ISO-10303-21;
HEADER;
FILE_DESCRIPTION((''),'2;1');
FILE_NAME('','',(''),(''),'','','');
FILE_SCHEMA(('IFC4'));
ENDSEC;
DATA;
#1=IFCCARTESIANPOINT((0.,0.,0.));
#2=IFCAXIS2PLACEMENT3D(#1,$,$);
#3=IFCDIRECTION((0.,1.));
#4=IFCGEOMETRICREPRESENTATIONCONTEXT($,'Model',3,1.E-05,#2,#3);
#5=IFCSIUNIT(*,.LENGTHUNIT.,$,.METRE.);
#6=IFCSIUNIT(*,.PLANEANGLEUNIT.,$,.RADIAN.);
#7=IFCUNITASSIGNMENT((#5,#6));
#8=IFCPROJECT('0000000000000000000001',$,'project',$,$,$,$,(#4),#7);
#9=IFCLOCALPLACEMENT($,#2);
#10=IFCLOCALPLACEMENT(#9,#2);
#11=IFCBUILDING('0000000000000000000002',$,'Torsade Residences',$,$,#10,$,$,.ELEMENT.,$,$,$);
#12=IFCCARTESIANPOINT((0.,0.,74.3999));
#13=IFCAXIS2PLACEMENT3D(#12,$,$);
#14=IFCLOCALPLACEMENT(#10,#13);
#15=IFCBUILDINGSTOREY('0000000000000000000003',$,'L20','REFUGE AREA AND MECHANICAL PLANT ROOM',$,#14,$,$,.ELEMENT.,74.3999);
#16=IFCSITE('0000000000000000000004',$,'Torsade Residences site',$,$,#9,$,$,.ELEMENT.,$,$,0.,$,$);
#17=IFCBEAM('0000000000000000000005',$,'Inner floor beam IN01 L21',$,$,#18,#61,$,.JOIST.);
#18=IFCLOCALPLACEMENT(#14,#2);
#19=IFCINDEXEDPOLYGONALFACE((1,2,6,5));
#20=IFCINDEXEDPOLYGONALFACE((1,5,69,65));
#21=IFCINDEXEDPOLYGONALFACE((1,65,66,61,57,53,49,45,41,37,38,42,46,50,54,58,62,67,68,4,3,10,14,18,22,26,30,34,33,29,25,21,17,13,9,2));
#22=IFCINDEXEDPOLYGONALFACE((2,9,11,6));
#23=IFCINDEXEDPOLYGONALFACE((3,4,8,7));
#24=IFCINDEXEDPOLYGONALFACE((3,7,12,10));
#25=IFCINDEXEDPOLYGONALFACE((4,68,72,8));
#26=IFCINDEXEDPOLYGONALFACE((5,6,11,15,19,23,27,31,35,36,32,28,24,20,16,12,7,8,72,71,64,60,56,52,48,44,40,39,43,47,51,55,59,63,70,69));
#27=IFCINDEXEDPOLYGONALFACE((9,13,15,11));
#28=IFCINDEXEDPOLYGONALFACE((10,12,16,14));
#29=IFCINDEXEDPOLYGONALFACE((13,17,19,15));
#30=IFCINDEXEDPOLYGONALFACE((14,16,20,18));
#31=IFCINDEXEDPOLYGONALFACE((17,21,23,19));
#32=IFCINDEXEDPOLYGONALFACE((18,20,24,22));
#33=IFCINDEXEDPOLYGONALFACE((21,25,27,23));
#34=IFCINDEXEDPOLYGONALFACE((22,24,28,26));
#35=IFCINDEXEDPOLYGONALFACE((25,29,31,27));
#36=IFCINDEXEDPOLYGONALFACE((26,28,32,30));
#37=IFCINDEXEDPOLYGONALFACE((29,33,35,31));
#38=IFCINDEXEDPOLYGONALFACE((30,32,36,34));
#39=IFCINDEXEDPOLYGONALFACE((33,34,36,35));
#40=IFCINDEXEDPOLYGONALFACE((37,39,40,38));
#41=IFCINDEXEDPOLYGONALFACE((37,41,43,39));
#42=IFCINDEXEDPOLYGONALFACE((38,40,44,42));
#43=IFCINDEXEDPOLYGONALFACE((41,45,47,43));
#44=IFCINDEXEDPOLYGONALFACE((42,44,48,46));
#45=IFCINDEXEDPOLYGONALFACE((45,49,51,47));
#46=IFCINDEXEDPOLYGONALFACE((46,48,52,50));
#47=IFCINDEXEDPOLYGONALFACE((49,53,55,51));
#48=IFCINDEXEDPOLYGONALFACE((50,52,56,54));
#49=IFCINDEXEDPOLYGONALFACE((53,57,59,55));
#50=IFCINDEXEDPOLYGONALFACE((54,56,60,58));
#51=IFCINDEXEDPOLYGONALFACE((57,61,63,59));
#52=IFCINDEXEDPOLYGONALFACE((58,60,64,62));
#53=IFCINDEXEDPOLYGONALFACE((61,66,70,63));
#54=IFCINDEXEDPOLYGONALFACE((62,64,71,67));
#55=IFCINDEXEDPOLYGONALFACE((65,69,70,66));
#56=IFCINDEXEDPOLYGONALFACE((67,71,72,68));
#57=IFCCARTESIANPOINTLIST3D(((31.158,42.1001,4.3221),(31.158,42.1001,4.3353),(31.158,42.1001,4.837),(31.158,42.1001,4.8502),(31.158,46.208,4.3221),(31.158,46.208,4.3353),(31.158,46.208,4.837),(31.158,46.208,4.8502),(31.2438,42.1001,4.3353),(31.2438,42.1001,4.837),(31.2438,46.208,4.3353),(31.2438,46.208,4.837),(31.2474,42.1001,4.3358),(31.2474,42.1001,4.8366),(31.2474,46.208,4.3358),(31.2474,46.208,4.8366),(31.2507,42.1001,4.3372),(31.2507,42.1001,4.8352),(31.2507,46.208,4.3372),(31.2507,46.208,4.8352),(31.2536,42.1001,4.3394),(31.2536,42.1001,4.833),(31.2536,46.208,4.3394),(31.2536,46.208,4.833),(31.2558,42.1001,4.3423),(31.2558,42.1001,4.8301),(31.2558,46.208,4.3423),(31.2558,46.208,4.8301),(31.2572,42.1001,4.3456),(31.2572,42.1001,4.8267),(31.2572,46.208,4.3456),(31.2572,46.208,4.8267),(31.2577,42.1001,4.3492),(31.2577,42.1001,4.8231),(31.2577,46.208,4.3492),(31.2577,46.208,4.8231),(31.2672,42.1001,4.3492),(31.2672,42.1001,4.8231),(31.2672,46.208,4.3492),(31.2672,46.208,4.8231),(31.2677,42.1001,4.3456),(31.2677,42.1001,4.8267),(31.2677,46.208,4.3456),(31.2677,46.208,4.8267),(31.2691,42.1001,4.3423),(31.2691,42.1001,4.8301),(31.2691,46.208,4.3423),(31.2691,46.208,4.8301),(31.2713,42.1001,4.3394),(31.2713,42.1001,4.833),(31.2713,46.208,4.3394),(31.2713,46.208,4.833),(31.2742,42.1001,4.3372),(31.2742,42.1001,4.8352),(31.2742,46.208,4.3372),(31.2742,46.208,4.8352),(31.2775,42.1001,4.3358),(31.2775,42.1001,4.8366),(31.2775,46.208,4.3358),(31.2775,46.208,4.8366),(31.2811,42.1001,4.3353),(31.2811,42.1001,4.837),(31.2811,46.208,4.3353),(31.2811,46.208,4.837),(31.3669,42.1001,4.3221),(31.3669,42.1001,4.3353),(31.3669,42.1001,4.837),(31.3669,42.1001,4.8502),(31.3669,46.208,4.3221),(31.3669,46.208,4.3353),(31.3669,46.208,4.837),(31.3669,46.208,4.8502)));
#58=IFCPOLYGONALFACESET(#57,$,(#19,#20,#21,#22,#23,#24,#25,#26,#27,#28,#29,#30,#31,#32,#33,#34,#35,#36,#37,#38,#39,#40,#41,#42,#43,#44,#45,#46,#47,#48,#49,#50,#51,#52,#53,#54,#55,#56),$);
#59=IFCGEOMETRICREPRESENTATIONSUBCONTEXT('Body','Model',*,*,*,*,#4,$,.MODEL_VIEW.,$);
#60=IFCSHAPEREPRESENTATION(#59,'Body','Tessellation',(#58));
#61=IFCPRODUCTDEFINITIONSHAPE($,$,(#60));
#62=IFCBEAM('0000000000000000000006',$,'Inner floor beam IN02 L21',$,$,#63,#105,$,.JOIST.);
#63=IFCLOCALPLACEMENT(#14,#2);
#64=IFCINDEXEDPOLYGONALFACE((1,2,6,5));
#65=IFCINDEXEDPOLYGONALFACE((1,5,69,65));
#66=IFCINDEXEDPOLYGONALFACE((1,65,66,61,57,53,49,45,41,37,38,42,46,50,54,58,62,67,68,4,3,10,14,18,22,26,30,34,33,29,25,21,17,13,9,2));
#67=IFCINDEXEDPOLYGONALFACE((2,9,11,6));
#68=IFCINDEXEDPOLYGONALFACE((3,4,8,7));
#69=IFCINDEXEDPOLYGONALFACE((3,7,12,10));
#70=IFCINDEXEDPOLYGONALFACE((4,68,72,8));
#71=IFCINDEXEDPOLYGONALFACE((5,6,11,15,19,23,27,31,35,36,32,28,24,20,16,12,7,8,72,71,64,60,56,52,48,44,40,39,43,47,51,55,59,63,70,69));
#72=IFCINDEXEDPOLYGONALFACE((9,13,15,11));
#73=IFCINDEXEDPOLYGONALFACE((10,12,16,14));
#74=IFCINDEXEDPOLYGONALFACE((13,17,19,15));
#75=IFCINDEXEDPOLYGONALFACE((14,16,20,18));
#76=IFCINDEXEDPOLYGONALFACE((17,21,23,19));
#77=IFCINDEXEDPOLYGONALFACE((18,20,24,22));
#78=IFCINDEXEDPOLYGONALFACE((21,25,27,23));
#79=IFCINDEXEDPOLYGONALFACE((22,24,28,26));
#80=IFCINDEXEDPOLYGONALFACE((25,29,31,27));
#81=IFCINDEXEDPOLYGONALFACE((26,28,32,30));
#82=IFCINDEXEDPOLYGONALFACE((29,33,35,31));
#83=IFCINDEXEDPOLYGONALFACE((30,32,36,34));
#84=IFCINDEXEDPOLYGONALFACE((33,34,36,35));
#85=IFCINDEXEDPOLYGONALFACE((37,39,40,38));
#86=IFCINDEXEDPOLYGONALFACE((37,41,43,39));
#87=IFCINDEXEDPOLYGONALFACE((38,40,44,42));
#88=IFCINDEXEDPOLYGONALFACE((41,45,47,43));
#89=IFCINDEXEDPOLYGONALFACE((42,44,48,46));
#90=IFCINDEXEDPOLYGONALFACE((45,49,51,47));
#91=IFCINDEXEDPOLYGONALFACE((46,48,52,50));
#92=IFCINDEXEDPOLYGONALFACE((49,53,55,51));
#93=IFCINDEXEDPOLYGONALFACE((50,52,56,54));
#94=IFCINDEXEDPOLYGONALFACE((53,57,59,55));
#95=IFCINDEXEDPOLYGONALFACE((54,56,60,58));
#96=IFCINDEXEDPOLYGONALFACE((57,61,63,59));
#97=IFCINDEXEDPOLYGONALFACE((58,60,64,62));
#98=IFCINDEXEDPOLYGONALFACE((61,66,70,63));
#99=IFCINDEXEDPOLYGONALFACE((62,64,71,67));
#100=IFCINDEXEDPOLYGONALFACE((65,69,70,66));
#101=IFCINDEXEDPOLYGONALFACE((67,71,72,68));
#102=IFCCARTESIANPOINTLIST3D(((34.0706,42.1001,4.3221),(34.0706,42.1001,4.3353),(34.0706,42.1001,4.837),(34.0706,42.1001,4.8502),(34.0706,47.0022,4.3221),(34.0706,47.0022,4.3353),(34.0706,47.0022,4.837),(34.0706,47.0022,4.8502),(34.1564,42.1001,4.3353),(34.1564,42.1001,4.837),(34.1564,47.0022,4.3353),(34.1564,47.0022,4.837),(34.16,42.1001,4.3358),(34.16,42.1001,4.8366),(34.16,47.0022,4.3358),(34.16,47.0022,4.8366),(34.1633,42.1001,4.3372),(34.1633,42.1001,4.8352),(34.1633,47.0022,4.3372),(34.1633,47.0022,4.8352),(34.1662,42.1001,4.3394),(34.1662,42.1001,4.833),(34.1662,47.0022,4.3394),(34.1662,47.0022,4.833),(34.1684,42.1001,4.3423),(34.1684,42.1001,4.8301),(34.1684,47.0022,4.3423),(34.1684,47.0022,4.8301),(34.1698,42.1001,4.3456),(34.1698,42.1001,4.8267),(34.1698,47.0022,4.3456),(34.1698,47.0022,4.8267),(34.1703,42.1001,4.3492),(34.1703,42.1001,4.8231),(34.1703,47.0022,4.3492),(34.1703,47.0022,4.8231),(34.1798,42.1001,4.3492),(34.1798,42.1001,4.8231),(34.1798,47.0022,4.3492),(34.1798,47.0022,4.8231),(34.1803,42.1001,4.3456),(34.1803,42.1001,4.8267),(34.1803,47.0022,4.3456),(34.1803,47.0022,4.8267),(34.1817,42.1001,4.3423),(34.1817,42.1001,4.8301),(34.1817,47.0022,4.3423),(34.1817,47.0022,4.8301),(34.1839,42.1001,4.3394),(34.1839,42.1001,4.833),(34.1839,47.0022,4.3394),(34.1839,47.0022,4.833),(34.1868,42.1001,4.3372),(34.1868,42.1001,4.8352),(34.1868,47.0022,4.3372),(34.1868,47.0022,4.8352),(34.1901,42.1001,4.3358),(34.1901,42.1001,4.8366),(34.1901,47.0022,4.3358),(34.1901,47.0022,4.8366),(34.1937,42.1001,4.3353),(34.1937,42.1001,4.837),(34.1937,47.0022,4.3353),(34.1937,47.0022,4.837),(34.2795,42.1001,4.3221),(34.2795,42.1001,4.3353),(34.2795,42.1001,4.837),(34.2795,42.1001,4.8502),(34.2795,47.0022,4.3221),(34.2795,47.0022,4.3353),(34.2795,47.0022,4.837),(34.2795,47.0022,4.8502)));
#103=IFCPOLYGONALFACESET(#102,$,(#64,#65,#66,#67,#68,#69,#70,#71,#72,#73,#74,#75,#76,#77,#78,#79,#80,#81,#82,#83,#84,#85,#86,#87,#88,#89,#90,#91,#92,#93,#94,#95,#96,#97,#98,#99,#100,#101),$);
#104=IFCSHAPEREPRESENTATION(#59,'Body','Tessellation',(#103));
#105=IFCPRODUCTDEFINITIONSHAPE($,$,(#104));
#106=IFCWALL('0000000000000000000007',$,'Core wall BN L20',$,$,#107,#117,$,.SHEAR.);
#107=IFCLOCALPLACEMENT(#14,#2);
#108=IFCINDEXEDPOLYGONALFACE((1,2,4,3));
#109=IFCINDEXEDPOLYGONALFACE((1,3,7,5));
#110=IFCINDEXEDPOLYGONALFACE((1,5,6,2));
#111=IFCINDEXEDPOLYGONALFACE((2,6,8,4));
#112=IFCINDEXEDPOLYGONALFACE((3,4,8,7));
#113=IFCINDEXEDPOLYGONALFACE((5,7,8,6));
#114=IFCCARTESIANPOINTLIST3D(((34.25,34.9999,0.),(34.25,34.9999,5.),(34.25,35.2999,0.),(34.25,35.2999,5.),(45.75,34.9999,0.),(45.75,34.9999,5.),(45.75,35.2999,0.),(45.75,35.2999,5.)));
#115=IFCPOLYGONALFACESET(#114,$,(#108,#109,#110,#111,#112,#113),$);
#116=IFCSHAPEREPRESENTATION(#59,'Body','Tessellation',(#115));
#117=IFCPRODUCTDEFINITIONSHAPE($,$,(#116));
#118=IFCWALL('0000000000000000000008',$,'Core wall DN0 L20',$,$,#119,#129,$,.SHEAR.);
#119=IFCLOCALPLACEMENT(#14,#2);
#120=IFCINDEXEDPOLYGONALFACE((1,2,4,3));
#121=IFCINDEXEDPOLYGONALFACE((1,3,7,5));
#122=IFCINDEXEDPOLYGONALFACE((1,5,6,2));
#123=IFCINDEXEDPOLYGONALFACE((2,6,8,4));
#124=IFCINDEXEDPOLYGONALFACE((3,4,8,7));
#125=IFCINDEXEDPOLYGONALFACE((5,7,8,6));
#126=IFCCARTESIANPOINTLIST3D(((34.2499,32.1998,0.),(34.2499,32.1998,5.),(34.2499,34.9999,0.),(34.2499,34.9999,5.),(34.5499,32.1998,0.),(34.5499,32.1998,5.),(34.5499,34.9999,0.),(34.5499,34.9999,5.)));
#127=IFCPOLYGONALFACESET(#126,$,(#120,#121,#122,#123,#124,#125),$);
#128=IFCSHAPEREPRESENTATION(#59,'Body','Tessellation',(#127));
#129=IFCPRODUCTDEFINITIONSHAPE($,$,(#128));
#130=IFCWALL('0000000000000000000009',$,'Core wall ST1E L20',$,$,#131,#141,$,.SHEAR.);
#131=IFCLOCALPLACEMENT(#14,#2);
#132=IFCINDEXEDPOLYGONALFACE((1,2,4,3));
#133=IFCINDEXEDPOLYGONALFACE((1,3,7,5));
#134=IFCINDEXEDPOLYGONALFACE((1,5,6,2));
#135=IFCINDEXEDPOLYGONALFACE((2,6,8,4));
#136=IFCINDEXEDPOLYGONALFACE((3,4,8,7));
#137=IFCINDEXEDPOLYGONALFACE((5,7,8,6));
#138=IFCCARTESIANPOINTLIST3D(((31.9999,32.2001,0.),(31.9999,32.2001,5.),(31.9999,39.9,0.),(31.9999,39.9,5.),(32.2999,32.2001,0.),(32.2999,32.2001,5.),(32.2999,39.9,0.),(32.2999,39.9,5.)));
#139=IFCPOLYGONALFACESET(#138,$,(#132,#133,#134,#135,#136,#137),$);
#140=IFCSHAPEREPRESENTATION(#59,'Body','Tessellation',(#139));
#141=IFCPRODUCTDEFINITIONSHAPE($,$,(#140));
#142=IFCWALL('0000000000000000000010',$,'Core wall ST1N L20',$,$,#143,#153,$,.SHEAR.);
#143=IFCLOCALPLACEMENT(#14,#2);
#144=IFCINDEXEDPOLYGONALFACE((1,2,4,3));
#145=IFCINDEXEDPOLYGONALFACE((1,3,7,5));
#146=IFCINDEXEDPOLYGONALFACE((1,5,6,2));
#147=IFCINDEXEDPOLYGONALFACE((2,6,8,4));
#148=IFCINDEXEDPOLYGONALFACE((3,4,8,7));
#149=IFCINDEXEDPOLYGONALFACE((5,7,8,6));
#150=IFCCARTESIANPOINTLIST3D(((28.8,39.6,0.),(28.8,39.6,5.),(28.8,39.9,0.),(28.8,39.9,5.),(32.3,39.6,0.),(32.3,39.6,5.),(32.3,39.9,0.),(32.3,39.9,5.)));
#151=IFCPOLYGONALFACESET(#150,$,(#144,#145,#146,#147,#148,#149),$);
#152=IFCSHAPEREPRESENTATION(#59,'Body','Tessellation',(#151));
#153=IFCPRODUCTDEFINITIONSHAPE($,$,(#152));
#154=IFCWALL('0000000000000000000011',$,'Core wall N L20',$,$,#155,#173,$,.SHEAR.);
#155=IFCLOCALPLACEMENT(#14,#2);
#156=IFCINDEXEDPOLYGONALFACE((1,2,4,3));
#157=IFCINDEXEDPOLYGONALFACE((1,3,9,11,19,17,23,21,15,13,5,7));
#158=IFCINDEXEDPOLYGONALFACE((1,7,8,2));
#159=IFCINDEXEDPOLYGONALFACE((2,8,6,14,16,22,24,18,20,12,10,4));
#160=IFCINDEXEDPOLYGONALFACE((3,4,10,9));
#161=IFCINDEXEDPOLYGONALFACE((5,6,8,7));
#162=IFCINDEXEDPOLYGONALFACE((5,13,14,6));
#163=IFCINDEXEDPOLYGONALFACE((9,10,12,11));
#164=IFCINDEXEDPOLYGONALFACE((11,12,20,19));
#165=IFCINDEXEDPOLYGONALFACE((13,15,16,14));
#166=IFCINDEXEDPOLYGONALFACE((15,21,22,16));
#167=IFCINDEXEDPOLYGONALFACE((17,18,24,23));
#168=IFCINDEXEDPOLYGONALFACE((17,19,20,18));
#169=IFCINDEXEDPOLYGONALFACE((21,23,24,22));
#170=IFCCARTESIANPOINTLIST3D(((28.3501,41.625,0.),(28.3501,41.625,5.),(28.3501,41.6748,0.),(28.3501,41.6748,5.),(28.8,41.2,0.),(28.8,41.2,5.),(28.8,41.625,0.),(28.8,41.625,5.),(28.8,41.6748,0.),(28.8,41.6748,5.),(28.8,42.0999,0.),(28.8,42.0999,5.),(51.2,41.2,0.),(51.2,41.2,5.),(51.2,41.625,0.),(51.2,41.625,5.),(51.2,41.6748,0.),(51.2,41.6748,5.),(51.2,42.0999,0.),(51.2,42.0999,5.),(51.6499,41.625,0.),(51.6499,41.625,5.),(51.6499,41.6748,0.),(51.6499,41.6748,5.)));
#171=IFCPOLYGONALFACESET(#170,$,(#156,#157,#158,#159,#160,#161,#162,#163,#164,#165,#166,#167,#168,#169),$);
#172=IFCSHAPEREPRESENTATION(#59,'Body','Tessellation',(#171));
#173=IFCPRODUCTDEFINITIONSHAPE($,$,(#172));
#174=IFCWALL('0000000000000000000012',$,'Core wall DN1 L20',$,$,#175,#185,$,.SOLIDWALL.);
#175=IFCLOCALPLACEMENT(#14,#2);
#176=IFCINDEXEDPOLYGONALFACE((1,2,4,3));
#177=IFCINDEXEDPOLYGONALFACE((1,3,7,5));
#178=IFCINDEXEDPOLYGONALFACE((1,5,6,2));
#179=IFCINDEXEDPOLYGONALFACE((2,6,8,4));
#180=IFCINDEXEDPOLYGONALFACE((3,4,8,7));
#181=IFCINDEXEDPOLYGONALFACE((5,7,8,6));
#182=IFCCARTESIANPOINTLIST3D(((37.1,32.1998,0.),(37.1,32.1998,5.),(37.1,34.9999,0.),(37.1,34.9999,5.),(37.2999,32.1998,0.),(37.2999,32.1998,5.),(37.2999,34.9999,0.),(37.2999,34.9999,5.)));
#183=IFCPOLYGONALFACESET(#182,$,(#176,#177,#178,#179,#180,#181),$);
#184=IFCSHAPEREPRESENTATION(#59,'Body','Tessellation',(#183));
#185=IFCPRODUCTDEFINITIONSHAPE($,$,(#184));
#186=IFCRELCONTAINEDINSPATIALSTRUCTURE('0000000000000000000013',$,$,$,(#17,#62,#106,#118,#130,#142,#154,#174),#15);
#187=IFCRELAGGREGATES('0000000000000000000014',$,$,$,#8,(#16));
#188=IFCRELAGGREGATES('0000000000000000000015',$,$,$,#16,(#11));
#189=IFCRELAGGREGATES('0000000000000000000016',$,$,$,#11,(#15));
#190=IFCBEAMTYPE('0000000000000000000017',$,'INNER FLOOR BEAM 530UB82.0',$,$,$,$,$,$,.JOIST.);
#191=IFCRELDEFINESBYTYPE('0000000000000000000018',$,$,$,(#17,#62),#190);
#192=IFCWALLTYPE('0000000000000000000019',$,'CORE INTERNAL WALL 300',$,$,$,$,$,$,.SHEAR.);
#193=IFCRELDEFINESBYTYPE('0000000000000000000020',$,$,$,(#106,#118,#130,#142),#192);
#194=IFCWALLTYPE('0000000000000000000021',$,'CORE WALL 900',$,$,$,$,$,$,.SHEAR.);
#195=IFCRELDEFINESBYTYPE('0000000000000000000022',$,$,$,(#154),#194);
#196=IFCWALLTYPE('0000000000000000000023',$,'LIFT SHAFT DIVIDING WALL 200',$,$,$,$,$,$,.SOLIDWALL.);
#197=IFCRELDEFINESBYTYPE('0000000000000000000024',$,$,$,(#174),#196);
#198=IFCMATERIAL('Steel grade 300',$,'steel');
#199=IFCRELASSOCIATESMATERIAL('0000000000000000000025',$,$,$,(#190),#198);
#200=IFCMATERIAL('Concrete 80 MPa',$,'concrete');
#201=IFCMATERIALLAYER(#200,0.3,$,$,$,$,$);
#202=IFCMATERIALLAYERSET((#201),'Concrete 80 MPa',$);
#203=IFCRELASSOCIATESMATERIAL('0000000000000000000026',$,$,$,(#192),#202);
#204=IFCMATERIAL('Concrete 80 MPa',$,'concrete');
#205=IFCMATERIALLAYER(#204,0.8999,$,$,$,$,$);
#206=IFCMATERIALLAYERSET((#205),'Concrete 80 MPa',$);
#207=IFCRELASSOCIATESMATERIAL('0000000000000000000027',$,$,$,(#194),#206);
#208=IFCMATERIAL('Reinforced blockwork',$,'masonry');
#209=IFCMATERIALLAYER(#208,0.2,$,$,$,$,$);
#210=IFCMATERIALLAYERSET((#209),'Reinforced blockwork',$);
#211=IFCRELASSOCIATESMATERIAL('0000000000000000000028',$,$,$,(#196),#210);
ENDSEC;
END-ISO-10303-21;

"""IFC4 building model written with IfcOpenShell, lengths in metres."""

from ifc_helpers import new_model, si_unit, direction, frame, frame_2d, origin, origin_2d, place, context, subcontext, project, spatial, polyline, rectangle, i_section, outline, extrude, material, layer, layer_set, material_profile, profile_set, type_object, element, save


model = new_model("IFC4")

# Units and contexts
model_context = context("Model", 3, precision=1e-05, world=origin(), true_north=direction((0.0, 1.0)))
body_context = subcontext(model_context, "Body", "Model", "MODEL_VIEW")
ifc_project = project(units=[si_unit("LENGTHUNIT", "METRE"), si_unit("PLANEANGLEUNIT", "RADIAN")], contexts=[model_context])

# Site, building, storey
site_placement = place(None, origin())
site = spatial("IfcSite", under=ifc_project, at=site_placement, Name="Torsade Residences site", CompositionType="ELEMENT", RefElevation=0.0)
building_placement = place(site_placement, origin())
building = spatial("IfcBuilding", under=site, at=building_placement, Name="Torsade Residences", CompositionType="ELEMENT")
storey_placement = place(building_placement, frame((0.0, 0.0, 74.3999)))
storey = spatial("IfcBuildingStorey", under=building, at=storey_placement, Name="L20", Description="REFUGE AREA AND MECHANICAL PLANT ROOM", CompositionType="ELEMENT", Elevation=74.3999)

# Beams
ifc_material_1 = material(Name="Steel grade 300", Category="steel")
ifc_material_profile = material_profile(ifc_material_1, i_section(OverallWidth=0.209, OverallDepth=0.5281, WebThickness=0.0095, FlangeThickness=0.0132, FilletRadius=0.0139, at=origin_2d()), Name="530UB82.0")
ifc_profile_set = profile_set([ifc_material_profile], Name="Steel grade 300")
beam_type = type_object("IfcBeamType", Name="INNER FLOOR BEAM 530UB82.0", PredefinedType="JOIST", material=ifc_profile_set)
beam_1_placement = place(storey_placement, frame((31.2625, 42.1001, 4.5862), z_axis=(0.0, 1.0, 0.0), x_axis=(-1.0, 0.0, 0.0)))
element("IfcBeam", 1, at=beam_1_placement, inside=storey, type_object=beam_type, Name="Inner floor beam IN01 L21", PredefinedType="JOIST", context=body_context, shape_type="SweptSolid", body=[
    extrude(i_section(OverallWidth=0.209, OverallDepth=0.5281, WebThickness=0.0095, FlangeThickness=0.0132, FilletRadius=0.0139, at=origin_2d()), origin(), (0.0, 0.0, 1.0), 4.1079),
])
beam_2_placement = place(storey_placement, frame((34.175, 42.1001, 4.5862), z_axis=(0.0, 1.0, 0.0), x_axis=(-1.0, 0.0, 0.0)))
element("IfcBeam", 2, at=beam_2_placement, inside=storey, type_object=beam_type, Name="Inner floor beam IN02 L21", PredefinedType="JOIST", context=body_context, shape_type="SweptSolid", body=[
    extrude(i_section(OverallWidth=0.209, OverallDepth=0.5281, WebThickness=0.0095, FlangeThickness=0.0132, FilletRadius=0.0139, at=origin_2d()), origin(), (0.0, 0.0, 1.0), 4.9021),
])

# Walls
ifc_material_2 = material(Name="Concrete 80 MPa", Category="concrete")
ifc_layer_1 = layer(ifc_material_2, 0.3)
ifc_layer_set_1 = layer_set([ifc_layer_1], Name="Concrete 80 MPa")
wall_type_1 = type_object("IfcWallType", Name="CORE INTERNAL WALL 300", PredefinedType="SHEAR", material=ifc_layer_set_1)
wall_1_placement = place(storey_placement, frame((34.25, 35.1499, 0.0), z_axis=(0.0, 0.0, 1.0), x_axis=(1.0, 0.0, 0.0)))
element("IfcWall", 3, at=wall_1_placement, inside=storey, type_object=wall_type_1, Name="Core wall BN L20", PredefinedType="SHEAR", context=body_context, shape_type="SweptSolid", body=[
    extrude(rectangle(XDim=11.5, YDim=0.3, at=frame_2d((5.75, 0.0))), origin(), (0.0, 0.0, 1.0), 5.0),
])
wall_2_placement = place(storey_placement, frame((34.3999, 32.2, 0.0), z_axis=(0.0, 0.0, 1.0), x_axis=(0.0, 1.0, 0.0)))
element("IfcWall", 4, at=wall_2_placement, inside=storey, type_object=wall_type_1, Name="Core wall DN0 L20", PredefinedType="SHEAR", context=body_context, shape_type="SweptSolid", body=[
    extrude(rectangle(XDim=2.8, YDim=0.3, at=frame_2d((1.3999, 0.0))), origin(), (0.0, 0.0, 1.0), 5.0),
])
wall_3_placement = place(storey_placement, frame((32.1499, 32.2, 0.0), z_axis=(0.0, 0.0, 1.0), x_axis=(0.0, 1.0, 0.0)))
element("IfcWall", 5, at=wall_3_placement, inside=storey, type_object=wall_type_1, Name="Core wall ST1E L20", PredefinedType="SHEAR", context=body_context, shape_type="SweptSolid", body=[
    extrude(rectangle(XDim=7.7, YDim=0.3, at=frame_2d((3.8501, 0.0))), origin(), (0.0, 0.0, 1.0), 5.0),
])
wall_4_placement = place(storey_placement, frame((28.8, 39.75, 0.0), z_axis=(0.0, 0.0, 1.0), x_axis=(1.0, 0.0, 0.0)))
element("IfcWall", 6, at=wall_4_placement, inside=storey, type_object=wall_type_1, Name="Core wall ST1N L20", PredefinedType="SHEAR", context=body_context, shape_type="SweptSolid", body=[
    extrude(rectangle(XDim=3.5, YDim=0.3, at=frame_2d((1.75, 0.0))), origin(), (0.0, 0.0, 1.0), 5.0),
])
ifc_material_3 = material(Name="Concrete 80 MPa", Category="concrete")
ifc_layer_2 = layer(ifc_material_3, 0.8999)
ifc_layer_set_2 = layer_set([ifc_layer_2], Name="Concrete 80 MPa")
wall_type_2 = type_object("IfcWallType", Name="CORE WALL 900", PredefinedType="SHEAR", material=ifc_layer_set_2)
wall_5_placement = place(storey_placement, frame((28.8, 41.6499, 0.0), z_axis=(0.0, 0.0, 1.0), x_axis=(1.0, 0.0, 0.0)))
element("IfcWall", 7, at=wall_5_placement, inside=storey, type_object=wall_type_2, Name="Core wall N L20", PredefinedType="SHEAR", context=body_context, shape_type="SweptSolid", body=[
    extrude(outline(polyline([(0.0, -0.45), (22.3999, -0.45), (22.3999, -0.0249), (22.8499, -0.0249), (22.8499, 0.0249), (22.3999, 0.0249), (22.3999, 0.45), (0.0, 0.45), (0.0, 0.0249), (-0.45, 0.0249), (-0.45, -0.0249), (0.0, -0.0249), (0.0, -0.45)])), origin(), (0.0, 0.0, 1.0), 5.0),
])
ifc_material_4 = material(Name="Reinforced blockwork", Category="masonry")
ifc_layer_3 = layer(ifc_material_4, 0.2)
ifc_layer_set_3 = layer_set([ifc_layer_3], Name="Reinforced blockwork")
wall_type_3 = type_object("IfcWallType", Name="LIFT SHAFT DIVIDING WALL 200", PredefinedType="SOLIDWALL", material=ifc_layer_set_3)
wall_6_placement = place(storey_placement, frame((37.2, 32.2, 0.0), z_axis=(0.0, 0.0, 1.0), x_axis=(0.0, 1.0, 0.0)))
element("IfcWall", 8, at=wall_6_placement, inside=storey, type_object=wall_type_3, Name="Core wall DN1 L20", PredefinedType="SOLIDWALL", context=body_context, shape_type="SweptSolid", body=[
    extrude(rectangle(XDim=2.8, YDim=0.2, at=frame_2d((1.3999, 0.0))), origin(), (0.0, 0.0, 1.0), 5.0),
])

save(model, "model.ifc")
